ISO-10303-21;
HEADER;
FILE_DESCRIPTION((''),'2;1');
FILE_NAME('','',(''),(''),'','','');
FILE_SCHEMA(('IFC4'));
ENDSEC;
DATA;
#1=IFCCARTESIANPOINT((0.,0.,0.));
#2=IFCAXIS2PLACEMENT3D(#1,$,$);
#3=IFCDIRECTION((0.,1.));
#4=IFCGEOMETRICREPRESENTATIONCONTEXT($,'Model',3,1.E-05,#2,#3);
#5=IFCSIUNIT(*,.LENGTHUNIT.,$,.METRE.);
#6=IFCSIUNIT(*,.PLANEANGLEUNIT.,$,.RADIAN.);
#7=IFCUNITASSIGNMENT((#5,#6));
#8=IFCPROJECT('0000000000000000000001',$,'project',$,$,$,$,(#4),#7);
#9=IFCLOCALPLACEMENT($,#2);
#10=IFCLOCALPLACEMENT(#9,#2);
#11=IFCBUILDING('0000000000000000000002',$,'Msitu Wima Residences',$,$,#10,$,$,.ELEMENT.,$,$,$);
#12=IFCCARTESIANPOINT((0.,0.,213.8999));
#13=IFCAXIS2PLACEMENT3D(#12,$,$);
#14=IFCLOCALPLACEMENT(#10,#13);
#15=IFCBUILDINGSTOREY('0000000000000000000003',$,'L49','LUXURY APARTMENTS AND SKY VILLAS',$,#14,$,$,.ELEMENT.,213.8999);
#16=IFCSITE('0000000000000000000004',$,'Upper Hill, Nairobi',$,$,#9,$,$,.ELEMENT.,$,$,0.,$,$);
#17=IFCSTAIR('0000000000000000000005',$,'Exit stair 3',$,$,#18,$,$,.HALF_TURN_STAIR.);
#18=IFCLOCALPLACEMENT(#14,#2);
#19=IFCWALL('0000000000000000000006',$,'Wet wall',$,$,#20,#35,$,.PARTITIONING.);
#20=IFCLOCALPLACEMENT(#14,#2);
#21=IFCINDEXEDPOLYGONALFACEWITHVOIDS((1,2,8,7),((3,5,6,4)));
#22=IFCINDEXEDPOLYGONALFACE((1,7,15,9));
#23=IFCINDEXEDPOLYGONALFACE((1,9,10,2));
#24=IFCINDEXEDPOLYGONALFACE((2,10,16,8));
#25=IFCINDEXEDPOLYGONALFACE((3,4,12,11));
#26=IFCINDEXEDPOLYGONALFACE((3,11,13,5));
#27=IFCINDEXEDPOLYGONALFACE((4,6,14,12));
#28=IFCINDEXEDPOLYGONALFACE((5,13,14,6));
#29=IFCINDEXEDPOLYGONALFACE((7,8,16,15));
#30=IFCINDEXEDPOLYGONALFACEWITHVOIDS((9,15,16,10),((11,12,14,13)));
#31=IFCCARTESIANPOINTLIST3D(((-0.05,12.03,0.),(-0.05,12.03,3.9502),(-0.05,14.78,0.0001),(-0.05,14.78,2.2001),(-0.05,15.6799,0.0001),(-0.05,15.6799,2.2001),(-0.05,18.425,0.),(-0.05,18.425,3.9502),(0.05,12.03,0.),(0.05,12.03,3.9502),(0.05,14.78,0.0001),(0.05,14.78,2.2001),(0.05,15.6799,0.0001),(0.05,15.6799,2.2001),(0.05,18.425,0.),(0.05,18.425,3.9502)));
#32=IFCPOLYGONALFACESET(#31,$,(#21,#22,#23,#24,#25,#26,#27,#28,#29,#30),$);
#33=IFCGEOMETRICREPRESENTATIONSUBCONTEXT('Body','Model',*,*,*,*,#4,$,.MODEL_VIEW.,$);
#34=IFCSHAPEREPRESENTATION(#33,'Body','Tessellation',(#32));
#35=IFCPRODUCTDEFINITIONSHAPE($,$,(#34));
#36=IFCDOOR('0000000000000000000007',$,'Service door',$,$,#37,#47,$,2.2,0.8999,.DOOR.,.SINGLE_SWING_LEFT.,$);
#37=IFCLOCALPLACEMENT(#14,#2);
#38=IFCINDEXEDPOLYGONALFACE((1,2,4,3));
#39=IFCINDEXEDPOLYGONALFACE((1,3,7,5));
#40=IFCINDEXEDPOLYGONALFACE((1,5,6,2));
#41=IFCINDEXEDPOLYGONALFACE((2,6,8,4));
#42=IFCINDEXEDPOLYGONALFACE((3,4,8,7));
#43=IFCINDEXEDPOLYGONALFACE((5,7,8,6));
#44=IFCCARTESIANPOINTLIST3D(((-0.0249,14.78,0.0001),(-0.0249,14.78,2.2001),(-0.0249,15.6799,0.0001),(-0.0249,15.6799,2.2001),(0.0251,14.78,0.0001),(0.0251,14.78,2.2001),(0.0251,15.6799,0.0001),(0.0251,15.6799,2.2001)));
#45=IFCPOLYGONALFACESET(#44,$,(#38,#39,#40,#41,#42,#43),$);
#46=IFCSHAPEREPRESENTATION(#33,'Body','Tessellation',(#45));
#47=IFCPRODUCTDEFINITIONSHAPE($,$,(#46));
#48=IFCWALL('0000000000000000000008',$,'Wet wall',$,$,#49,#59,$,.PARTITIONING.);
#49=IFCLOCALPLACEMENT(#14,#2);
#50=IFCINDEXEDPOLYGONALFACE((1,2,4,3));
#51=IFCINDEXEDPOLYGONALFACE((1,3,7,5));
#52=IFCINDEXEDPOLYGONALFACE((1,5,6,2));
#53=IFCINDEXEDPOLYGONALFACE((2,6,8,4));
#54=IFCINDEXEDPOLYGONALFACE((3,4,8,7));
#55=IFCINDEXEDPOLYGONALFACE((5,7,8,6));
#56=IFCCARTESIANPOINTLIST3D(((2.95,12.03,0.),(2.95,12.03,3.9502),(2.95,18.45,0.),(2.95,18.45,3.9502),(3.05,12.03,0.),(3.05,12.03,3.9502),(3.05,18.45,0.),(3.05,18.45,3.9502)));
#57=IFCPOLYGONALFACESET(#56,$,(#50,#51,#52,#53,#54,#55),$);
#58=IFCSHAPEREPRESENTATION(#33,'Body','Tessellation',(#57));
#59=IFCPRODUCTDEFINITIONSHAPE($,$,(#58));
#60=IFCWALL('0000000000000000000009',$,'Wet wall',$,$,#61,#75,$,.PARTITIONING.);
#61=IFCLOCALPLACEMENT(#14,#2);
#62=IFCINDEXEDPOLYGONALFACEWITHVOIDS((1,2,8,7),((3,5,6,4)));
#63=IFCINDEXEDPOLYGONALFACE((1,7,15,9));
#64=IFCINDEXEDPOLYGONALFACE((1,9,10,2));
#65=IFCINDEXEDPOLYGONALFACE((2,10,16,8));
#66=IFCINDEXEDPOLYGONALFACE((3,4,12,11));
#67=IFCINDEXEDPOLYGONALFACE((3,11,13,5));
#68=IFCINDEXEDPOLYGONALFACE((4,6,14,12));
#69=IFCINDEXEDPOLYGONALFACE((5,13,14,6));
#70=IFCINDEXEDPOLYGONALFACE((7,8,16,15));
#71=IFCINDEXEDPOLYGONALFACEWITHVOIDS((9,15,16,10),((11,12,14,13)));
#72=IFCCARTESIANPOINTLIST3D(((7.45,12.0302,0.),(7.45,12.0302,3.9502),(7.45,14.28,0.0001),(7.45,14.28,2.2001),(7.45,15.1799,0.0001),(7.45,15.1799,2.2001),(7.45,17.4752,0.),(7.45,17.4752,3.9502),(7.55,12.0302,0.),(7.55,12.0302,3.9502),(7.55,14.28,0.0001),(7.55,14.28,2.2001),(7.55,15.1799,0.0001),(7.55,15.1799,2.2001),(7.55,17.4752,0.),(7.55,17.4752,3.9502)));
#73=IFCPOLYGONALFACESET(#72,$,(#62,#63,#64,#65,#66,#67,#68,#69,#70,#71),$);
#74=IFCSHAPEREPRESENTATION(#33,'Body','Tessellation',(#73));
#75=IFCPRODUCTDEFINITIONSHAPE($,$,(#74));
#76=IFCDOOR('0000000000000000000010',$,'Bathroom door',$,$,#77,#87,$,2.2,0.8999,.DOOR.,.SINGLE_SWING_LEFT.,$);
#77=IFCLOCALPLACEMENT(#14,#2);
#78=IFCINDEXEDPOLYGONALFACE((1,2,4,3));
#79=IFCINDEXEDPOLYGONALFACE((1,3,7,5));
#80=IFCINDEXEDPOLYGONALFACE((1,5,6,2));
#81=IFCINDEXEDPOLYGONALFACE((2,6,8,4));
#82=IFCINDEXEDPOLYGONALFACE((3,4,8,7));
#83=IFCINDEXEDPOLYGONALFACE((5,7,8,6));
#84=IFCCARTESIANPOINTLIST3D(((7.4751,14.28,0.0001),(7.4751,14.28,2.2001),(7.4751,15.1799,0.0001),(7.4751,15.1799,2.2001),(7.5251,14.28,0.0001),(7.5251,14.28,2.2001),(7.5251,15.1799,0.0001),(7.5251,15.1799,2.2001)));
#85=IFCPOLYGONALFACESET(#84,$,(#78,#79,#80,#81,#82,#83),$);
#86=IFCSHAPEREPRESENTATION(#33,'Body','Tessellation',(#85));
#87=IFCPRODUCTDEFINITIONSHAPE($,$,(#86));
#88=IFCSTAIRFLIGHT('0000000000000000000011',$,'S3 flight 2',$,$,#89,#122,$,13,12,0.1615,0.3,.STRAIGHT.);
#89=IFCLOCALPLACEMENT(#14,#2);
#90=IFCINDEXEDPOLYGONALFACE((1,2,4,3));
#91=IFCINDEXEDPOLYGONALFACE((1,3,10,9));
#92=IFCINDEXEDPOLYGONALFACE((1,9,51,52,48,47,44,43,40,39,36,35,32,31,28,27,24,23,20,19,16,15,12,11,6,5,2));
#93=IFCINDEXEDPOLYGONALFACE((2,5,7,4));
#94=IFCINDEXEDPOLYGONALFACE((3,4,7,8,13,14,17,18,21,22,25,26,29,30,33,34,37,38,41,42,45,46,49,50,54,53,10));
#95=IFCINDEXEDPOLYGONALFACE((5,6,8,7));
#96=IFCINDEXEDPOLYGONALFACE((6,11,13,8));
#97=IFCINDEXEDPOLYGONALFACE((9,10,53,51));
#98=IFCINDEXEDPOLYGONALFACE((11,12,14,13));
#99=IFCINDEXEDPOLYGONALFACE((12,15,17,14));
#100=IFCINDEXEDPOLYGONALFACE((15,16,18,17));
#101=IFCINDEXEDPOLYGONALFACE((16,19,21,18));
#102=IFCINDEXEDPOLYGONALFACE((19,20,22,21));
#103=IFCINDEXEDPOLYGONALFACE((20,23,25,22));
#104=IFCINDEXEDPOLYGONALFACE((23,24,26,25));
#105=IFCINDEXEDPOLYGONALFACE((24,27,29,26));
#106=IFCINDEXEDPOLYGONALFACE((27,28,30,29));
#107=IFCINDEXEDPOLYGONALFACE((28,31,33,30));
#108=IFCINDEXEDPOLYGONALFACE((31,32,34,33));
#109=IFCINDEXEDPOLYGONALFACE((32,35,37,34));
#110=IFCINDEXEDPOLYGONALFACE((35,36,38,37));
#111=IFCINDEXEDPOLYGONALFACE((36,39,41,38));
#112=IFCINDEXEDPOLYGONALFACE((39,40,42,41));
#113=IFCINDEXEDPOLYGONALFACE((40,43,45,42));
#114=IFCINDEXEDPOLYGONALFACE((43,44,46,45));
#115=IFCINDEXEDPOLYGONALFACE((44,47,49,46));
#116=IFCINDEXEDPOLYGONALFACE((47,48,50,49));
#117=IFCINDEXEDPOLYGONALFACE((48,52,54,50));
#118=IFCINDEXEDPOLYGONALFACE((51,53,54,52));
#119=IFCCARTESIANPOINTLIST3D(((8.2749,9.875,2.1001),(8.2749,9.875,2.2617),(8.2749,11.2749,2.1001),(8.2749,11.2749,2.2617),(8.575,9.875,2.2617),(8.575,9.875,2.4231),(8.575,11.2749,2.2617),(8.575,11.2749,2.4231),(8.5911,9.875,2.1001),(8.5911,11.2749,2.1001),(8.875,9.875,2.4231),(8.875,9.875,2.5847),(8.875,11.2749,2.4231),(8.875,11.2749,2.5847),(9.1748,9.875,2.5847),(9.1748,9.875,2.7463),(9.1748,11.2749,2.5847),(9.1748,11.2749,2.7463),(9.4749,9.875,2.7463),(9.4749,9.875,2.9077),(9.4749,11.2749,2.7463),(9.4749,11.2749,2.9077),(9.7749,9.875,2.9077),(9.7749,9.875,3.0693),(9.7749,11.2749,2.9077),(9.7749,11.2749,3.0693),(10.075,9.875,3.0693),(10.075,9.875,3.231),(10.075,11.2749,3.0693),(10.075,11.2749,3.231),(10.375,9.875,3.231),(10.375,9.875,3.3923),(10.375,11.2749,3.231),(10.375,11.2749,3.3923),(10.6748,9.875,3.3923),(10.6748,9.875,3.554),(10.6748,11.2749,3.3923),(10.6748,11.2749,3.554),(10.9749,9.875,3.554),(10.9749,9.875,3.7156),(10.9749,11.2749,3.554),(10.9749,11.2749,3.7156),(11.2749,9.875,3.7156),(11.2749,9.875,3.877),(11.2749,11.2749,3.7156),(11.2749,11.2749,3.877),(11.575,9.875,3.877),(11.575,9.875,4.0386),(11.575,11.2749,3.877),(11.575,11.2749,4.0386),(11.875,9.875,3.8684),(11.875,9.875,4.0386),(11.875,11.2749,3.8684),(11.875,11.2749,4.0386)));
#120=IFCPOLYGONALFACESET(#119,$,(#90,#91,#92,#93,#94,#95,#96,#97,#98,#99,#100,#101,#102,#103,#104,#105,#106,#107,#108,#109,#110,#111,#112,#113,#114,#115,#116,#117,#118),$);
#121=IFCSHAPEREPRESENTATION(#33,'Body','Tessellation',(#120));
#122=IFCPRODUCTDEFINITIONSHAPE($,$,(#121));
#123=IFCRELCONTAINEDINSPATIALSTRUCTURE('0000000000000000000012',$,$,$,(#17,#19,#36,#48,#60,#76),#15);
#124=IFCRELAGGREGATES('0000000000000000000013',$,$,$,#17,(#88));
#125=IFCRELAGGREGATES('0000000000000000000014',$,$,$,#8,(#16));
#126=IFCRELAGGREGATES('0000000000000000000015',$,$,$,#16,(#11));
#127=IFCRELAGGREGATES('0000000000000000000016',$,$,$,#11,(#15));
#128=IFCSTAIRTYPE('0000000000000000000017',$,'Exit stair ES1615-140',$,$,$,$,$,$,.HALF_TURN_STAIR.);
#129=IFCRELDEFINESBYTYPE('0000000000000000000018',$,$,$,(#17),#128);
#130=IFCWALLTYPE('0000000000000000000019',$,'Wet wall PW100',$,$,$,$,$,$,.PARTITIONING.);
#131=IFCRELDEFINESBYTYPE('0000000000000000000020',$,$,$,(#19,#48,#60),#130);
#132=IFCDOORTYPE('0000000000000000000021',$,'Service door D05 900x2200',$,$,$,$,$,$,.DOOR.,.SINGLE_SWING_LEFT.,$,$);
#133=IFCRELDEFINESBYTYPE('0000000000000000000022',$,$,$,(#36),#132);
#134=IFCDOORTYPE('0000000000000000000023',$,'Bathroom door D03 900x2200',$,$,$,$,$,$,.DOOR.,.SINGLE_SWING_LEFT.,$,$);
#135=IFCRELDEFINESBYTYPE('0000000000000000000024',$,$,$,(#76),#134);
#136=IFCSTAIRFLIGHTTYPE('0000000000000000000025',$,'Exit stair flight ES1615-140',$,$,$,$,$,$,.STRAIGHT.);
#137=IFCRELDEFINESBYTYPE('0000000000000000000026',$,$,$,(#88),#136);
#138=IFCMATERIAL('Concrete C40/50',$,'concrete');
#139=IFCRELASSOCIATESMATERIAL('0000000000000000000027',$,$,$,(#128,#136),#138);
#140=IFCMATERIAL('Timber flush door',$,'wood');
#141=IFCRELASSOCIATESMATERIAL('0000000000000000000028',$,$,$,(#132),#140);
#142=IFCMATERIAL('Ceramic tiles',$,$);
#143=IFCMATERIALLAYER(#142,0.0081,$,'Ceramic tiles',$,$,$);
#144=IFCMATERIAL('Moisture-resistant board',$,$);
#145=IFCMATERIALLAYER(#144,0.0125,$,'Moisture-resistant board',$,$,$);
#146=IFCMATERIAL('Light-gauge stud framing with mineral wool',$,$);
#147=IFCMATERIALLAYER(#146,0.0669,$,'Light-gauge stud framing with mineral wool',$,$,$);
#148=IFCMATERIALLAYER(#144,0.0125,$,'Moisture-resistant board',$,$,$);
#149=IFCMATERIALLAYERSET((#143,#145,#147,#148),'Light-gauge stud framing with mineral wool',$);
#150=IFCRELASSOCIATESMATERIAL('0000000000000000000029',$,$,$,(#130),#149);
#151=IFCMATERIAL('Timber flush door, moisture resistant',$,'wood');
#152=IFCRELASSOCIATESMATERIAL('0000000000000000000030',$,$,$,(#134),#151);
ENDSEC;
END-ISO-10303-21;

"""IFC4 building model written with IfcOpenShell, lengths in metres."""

from ifc_helpers import new_model, si_unit, direction, frame, frame_2d, origin, place, context, subcontext, project, spatial, polyline, rectangle, outline, extrude, material, layer, layer_set, type_object, element, fill, aggregate, save


model = new_model("IFC4")

# Units and contexts
model_context = context("Model", 3, precision=1e-05, world=origin(), true_north=direction((0.0, 1.0)))
body_context = subcontext(model_context, "Body", "Model", "MODEL_VIEW")
ifc_project = project(units=[si_unit("LENGTHUNIT", "METRE"), si_unit("PLANEANGLEUNIT", "RADIAN")], contexts=[model_context])

# Site, building, storey
site_placement = place(None, origin())
site = spatial("IfcSite", under=ifc_project, at=site_placement, Name="Upper Hill, Nairobi", CompositionType="ELEMENT", RefElevation=0.0)
building_placement = place(site_placement, origin())
building = spatial("IfcBuilding", under=site, at=building_placement, Name="Msitu Wima Residences", CompositionType="ELEMENT")
storey_placement = place(building_placement, frame((0.0, 0.0, 213.8999)))
storey = spatial("IfcBuildingStorey", under=building, at=storey_placement, Name="L49", Description="LUXURY APARTMENTS AND SKY VILLAS", CompositionType="ELEMENT", Elevation=213.8999)

# Shared definitions
ifc_material_1 = material(Name="Concrete C40/50", Category="concrete")

# Stair
stair_type = type_object("IfcStairType", Name="Exit stair ES1615-140", PredefinedType="HALF_TURN_STAIR", material=ifc_material_1)
stair_1_placement = place(storey_placement, origin())
stair_1 = element("IfcStair", 1, at=stair_1_placement, inside=storey, type_object=stair_type, Name="Exit stair 3", PredefinedType="HALF_TURN_STAIR")

# Shared definitions
ifc_material_2 = material(Name="Timber flush door", Category="wood")
door_type_1 = type_object("IfcDoorType", Name="Service door D05 900x2200", OperationType="SINGLE_SWING_LEFT", PredefinedType="DOOR", material=ifc_material_2)

# Wall, opening, door
ifc_material_3 = material(Name="Ceramic tiles")
ifc_layer_1 = layer(ifc_material_3, 0.0081, Name="Ceramic tiles")
ifc_material_4 = material(Name="Moisture-resistant board")
ifc_layer_2 = layer(ifc_material_4, 0.0125, Name="Moisture-resistant board")
ifc_material_5 = material(Name="Light-gauge stud framing with mineral wool")
ifc_layer_3 = layer(ifc_material_5, 0.0669, Name="Light-gauge stud framing with mineral wool")
ifc_layer_4 = layer(ifc_material_4, 0.0125, Name="Moisture-resistant board")
ifc_layer_set_1 = layer_set([ifc_layer_1, ifc_layer_2, ifc_layer_3, ifc_layer_4], Name="Light-gauge stud framing with mineral wool")
wall_type_1 = type_object("IfcWallType", Name="Wet wall PW100", PredefinedType="PARTITIONING", material=ifc_layer_set_1)
wall_1_placement = place(storey_placement, frame((0.0, 12.03, 0.0), z_axis=(0.0, 0.0, 1.0), x_axis=(0.0, 1.0, 0.0)))
wall_1 = element("IfcWall", 2, at=wall_1_placement, inside=storey, type_object=wall_type_1, Name="Wet wall", PredefinedType="PARTITIONING", context=body_context, shape_type="SweptSolid", body=[
    extrude(rectangle(XDim=6.395, YDim=0.1001, at=frame_2d((3.1975, 0.0))), origin(), (0.0, 0.0, 1.0), 3.9502),
])
opening_1_placement = place(wall_1_placement, frame((2.75, 0.0, 0.0)))
opening_1 = element("IfcOpeningElement", 3, at=opening_1_placement, cuts=wall_1, PredefinedType="OPENING", context=body_context, shape_type="SweptSolid", body=[
    extrude(rectangle(XDim=0.8999, YDim=2.2, at=frame_2d((0.45, 1.1001))), frame((0.0, 0.0601, 0.0), z_axis=(0.0, -1.0, 0.0), x_axis=(1.0, 0.0, 0.0)), (0.0, 0.0, 1.0), 0.1201),
])
door_1_placement = place(opening_1_placement, origin())
door_1 = element("IfcDoor", 4, at=door_1_placement, inside=storey, type_object=door_type_1, Name="Service door", OperationType="SINGLE_SWING_LEFT", OverallHeight=2.2, OverallWidth=0.8999, PredefinedType="DOOR", context=body_context, shape_type="SweptSolid", body=[
    extrude(rectangle(XDim=0.8999, YDim=2.2, at=frame_2d((0.45, 1.1001))), frame((0.0, 0.0249, 0.0), z_axis=(0.0, -1.0, 0.0), x_axis=(1.0, 0.0, 0.0)), (0.0, 0.0, 1.0), 0.05),
])
fill(opening_1, door_1)

# Wall
wall_2_placement = place(storey_placement, frame((3.0, 12.03, 0.0), z_axis=(0.0, 0.0, 1.0), x_axis=(0.0, 1.0, 0.0)))
element("IfcWall", 5, at=wall_2_placement, inside=storey, type_object=wall_type_1, Name="Wet wall", PredefinedType="PARTITIONING", context=body_context, shape_type="SweptSolid", body=[
    extrude(rectangle(XDim=6.4199, YDim=0.1001, at=frame_2d((3.21, 0.0))), origin(), (0.0, 0.0, 1.0), 3.9502),
])

# Wall, opening, door
wall_3_placement = place(storey_placement, frame((7.5, 12.03, 0.0), z_axis=(0.0, 0.0, 1.0), x_axis=(0.0, 1.0, 0.0)))
wall_3 = element("IfcWall", 6, at=wall_3_placement, inside=storey, type_object=wall_type_1, Name="Wet wall", PredefinedType="PARTITIONING", context=body_context, shape_type="SweptSolid", body=[
    extrude(rectangle(XDim=5.4451, YDim=0.1001, at=frame_2d((2.7227, 0.0))), origin(), (0.0, 0.0, 1.0), 3.9502),
])
opening_2_placement = place(wall_3_placement, frame((2.25, 0.0, 0.0)))
opening_2 = element("IfcOpeningElement", 7, at=opening_2_placement, cuts=wall_3, PredefinedType="OPENING", context=body_context, shape_type="SweptSolid", body=[
    extrude(rectangle(XDim=0.8999, YDim=2.2, at=frame_2d((0.45, 1.1001))), frame((0.0, 0.0601, 0.0), z_axis=(0.0, -1.0, 0.0), x_axis=(1.0, 0.0, 0.0)), (0.0, 0.0, 1.0), 0.1201),
])
ifc_material_6 = material(Name="Timber flush door, moisture resistant", Category="wood")
door_type_2 = type_object("IfcDoorType", Name="Bathroom door D03 900x2200", OperationType="SINGLE_SWING_LEFT", PredefinedType="DOOR", material=ifc_material_6)
door_2_placement = place(opening_2_placement, origin())
door_2 = element("IfcDoor", 8, at=door_2_placement, inside=storey, type_object=door_type_2, Name="Bathroom door", OperationType="SINGLE_SWING_LEFT", OverallHeight=2.2, OverallWidth=0.8999, PredefinedType="DOOR", context=body_context, shape_type="SweptSolid", body=[
    extrude(rectangle(XDim=0.8999, YDim=2.2, at=frame_2d((0.45, 1.1001))), frame((0.0, 0.0249, 0.0), z_axis=(0.0, -1.0, 0.0), x_axis=(1.0, 0.0, 0.0)), (0.0, 0.0, 1.0), 0.05),
])
fill(opening_2, door_2)

# Stair flight
stair_flight_type = type_object("IfcStairFlightType", Name="Exit stair flight ES1615-140", PredefinedType="STRAIGHT", material=ifc_material_1)
stair_flight_placement = place(storey_placement, frame((8.2749, 10.575, 2.1001), z_axis=(0.0, 0.0, 1.0), x_axis=(1.0, 0.0, 0.0)))
stair_flight = element("IfcStairFlight", 9, at=stair_flight_placement, type_object=stair_flight_type, Name="S3 flight 2", NumberOfRisers=13, NumberOfTreads=12, PredefinedType="STRAIGHT", RiserHeight=0.1615, TreadLength=0.3, context=body_context, shape_type="SweptSolid", body=[
    extrude(outline(polyline([(0.0, 0.0), (0.0, 0.1616), (0.3, 0.1616), (0.3, 0.323), (0.6001, 0.323), (0.6001, 0.4846), (0.8999, 0.4846), (0.8999, 0.6462), (1.2, 0.6462), (1.2, 0.8076), (1.5, 0.8076), (1.5, 0.9692), (1.8, 0.9692), (1.8, 1.1309), (2.1001, 1.1309), (2.1001, 1.2922), (2.3999, 1.2922), (2.3999, 1.4539), (2.7, 1.4539), (2.7, 1.6155), (3.0, 1.6155), (3.0, 1.7769), (3.3, 1.7769), (3.3, 1.9385), (3.6001, 1.9385), (3.6001, 2.1001), (3.6001, 1.7683), (0.3162, 0.0), (0.0, 0.0)])), frame((0.0, 0.7, 0.0), z_axis=(0.0, -1.0, 0.0), x_axis=(1.0, 0.0, 0.0)), (0.0, 0.0, 1.0), 1.3999),
])
aggregate(stair_1, [stair_flight])

save(model, "model.ifc")
